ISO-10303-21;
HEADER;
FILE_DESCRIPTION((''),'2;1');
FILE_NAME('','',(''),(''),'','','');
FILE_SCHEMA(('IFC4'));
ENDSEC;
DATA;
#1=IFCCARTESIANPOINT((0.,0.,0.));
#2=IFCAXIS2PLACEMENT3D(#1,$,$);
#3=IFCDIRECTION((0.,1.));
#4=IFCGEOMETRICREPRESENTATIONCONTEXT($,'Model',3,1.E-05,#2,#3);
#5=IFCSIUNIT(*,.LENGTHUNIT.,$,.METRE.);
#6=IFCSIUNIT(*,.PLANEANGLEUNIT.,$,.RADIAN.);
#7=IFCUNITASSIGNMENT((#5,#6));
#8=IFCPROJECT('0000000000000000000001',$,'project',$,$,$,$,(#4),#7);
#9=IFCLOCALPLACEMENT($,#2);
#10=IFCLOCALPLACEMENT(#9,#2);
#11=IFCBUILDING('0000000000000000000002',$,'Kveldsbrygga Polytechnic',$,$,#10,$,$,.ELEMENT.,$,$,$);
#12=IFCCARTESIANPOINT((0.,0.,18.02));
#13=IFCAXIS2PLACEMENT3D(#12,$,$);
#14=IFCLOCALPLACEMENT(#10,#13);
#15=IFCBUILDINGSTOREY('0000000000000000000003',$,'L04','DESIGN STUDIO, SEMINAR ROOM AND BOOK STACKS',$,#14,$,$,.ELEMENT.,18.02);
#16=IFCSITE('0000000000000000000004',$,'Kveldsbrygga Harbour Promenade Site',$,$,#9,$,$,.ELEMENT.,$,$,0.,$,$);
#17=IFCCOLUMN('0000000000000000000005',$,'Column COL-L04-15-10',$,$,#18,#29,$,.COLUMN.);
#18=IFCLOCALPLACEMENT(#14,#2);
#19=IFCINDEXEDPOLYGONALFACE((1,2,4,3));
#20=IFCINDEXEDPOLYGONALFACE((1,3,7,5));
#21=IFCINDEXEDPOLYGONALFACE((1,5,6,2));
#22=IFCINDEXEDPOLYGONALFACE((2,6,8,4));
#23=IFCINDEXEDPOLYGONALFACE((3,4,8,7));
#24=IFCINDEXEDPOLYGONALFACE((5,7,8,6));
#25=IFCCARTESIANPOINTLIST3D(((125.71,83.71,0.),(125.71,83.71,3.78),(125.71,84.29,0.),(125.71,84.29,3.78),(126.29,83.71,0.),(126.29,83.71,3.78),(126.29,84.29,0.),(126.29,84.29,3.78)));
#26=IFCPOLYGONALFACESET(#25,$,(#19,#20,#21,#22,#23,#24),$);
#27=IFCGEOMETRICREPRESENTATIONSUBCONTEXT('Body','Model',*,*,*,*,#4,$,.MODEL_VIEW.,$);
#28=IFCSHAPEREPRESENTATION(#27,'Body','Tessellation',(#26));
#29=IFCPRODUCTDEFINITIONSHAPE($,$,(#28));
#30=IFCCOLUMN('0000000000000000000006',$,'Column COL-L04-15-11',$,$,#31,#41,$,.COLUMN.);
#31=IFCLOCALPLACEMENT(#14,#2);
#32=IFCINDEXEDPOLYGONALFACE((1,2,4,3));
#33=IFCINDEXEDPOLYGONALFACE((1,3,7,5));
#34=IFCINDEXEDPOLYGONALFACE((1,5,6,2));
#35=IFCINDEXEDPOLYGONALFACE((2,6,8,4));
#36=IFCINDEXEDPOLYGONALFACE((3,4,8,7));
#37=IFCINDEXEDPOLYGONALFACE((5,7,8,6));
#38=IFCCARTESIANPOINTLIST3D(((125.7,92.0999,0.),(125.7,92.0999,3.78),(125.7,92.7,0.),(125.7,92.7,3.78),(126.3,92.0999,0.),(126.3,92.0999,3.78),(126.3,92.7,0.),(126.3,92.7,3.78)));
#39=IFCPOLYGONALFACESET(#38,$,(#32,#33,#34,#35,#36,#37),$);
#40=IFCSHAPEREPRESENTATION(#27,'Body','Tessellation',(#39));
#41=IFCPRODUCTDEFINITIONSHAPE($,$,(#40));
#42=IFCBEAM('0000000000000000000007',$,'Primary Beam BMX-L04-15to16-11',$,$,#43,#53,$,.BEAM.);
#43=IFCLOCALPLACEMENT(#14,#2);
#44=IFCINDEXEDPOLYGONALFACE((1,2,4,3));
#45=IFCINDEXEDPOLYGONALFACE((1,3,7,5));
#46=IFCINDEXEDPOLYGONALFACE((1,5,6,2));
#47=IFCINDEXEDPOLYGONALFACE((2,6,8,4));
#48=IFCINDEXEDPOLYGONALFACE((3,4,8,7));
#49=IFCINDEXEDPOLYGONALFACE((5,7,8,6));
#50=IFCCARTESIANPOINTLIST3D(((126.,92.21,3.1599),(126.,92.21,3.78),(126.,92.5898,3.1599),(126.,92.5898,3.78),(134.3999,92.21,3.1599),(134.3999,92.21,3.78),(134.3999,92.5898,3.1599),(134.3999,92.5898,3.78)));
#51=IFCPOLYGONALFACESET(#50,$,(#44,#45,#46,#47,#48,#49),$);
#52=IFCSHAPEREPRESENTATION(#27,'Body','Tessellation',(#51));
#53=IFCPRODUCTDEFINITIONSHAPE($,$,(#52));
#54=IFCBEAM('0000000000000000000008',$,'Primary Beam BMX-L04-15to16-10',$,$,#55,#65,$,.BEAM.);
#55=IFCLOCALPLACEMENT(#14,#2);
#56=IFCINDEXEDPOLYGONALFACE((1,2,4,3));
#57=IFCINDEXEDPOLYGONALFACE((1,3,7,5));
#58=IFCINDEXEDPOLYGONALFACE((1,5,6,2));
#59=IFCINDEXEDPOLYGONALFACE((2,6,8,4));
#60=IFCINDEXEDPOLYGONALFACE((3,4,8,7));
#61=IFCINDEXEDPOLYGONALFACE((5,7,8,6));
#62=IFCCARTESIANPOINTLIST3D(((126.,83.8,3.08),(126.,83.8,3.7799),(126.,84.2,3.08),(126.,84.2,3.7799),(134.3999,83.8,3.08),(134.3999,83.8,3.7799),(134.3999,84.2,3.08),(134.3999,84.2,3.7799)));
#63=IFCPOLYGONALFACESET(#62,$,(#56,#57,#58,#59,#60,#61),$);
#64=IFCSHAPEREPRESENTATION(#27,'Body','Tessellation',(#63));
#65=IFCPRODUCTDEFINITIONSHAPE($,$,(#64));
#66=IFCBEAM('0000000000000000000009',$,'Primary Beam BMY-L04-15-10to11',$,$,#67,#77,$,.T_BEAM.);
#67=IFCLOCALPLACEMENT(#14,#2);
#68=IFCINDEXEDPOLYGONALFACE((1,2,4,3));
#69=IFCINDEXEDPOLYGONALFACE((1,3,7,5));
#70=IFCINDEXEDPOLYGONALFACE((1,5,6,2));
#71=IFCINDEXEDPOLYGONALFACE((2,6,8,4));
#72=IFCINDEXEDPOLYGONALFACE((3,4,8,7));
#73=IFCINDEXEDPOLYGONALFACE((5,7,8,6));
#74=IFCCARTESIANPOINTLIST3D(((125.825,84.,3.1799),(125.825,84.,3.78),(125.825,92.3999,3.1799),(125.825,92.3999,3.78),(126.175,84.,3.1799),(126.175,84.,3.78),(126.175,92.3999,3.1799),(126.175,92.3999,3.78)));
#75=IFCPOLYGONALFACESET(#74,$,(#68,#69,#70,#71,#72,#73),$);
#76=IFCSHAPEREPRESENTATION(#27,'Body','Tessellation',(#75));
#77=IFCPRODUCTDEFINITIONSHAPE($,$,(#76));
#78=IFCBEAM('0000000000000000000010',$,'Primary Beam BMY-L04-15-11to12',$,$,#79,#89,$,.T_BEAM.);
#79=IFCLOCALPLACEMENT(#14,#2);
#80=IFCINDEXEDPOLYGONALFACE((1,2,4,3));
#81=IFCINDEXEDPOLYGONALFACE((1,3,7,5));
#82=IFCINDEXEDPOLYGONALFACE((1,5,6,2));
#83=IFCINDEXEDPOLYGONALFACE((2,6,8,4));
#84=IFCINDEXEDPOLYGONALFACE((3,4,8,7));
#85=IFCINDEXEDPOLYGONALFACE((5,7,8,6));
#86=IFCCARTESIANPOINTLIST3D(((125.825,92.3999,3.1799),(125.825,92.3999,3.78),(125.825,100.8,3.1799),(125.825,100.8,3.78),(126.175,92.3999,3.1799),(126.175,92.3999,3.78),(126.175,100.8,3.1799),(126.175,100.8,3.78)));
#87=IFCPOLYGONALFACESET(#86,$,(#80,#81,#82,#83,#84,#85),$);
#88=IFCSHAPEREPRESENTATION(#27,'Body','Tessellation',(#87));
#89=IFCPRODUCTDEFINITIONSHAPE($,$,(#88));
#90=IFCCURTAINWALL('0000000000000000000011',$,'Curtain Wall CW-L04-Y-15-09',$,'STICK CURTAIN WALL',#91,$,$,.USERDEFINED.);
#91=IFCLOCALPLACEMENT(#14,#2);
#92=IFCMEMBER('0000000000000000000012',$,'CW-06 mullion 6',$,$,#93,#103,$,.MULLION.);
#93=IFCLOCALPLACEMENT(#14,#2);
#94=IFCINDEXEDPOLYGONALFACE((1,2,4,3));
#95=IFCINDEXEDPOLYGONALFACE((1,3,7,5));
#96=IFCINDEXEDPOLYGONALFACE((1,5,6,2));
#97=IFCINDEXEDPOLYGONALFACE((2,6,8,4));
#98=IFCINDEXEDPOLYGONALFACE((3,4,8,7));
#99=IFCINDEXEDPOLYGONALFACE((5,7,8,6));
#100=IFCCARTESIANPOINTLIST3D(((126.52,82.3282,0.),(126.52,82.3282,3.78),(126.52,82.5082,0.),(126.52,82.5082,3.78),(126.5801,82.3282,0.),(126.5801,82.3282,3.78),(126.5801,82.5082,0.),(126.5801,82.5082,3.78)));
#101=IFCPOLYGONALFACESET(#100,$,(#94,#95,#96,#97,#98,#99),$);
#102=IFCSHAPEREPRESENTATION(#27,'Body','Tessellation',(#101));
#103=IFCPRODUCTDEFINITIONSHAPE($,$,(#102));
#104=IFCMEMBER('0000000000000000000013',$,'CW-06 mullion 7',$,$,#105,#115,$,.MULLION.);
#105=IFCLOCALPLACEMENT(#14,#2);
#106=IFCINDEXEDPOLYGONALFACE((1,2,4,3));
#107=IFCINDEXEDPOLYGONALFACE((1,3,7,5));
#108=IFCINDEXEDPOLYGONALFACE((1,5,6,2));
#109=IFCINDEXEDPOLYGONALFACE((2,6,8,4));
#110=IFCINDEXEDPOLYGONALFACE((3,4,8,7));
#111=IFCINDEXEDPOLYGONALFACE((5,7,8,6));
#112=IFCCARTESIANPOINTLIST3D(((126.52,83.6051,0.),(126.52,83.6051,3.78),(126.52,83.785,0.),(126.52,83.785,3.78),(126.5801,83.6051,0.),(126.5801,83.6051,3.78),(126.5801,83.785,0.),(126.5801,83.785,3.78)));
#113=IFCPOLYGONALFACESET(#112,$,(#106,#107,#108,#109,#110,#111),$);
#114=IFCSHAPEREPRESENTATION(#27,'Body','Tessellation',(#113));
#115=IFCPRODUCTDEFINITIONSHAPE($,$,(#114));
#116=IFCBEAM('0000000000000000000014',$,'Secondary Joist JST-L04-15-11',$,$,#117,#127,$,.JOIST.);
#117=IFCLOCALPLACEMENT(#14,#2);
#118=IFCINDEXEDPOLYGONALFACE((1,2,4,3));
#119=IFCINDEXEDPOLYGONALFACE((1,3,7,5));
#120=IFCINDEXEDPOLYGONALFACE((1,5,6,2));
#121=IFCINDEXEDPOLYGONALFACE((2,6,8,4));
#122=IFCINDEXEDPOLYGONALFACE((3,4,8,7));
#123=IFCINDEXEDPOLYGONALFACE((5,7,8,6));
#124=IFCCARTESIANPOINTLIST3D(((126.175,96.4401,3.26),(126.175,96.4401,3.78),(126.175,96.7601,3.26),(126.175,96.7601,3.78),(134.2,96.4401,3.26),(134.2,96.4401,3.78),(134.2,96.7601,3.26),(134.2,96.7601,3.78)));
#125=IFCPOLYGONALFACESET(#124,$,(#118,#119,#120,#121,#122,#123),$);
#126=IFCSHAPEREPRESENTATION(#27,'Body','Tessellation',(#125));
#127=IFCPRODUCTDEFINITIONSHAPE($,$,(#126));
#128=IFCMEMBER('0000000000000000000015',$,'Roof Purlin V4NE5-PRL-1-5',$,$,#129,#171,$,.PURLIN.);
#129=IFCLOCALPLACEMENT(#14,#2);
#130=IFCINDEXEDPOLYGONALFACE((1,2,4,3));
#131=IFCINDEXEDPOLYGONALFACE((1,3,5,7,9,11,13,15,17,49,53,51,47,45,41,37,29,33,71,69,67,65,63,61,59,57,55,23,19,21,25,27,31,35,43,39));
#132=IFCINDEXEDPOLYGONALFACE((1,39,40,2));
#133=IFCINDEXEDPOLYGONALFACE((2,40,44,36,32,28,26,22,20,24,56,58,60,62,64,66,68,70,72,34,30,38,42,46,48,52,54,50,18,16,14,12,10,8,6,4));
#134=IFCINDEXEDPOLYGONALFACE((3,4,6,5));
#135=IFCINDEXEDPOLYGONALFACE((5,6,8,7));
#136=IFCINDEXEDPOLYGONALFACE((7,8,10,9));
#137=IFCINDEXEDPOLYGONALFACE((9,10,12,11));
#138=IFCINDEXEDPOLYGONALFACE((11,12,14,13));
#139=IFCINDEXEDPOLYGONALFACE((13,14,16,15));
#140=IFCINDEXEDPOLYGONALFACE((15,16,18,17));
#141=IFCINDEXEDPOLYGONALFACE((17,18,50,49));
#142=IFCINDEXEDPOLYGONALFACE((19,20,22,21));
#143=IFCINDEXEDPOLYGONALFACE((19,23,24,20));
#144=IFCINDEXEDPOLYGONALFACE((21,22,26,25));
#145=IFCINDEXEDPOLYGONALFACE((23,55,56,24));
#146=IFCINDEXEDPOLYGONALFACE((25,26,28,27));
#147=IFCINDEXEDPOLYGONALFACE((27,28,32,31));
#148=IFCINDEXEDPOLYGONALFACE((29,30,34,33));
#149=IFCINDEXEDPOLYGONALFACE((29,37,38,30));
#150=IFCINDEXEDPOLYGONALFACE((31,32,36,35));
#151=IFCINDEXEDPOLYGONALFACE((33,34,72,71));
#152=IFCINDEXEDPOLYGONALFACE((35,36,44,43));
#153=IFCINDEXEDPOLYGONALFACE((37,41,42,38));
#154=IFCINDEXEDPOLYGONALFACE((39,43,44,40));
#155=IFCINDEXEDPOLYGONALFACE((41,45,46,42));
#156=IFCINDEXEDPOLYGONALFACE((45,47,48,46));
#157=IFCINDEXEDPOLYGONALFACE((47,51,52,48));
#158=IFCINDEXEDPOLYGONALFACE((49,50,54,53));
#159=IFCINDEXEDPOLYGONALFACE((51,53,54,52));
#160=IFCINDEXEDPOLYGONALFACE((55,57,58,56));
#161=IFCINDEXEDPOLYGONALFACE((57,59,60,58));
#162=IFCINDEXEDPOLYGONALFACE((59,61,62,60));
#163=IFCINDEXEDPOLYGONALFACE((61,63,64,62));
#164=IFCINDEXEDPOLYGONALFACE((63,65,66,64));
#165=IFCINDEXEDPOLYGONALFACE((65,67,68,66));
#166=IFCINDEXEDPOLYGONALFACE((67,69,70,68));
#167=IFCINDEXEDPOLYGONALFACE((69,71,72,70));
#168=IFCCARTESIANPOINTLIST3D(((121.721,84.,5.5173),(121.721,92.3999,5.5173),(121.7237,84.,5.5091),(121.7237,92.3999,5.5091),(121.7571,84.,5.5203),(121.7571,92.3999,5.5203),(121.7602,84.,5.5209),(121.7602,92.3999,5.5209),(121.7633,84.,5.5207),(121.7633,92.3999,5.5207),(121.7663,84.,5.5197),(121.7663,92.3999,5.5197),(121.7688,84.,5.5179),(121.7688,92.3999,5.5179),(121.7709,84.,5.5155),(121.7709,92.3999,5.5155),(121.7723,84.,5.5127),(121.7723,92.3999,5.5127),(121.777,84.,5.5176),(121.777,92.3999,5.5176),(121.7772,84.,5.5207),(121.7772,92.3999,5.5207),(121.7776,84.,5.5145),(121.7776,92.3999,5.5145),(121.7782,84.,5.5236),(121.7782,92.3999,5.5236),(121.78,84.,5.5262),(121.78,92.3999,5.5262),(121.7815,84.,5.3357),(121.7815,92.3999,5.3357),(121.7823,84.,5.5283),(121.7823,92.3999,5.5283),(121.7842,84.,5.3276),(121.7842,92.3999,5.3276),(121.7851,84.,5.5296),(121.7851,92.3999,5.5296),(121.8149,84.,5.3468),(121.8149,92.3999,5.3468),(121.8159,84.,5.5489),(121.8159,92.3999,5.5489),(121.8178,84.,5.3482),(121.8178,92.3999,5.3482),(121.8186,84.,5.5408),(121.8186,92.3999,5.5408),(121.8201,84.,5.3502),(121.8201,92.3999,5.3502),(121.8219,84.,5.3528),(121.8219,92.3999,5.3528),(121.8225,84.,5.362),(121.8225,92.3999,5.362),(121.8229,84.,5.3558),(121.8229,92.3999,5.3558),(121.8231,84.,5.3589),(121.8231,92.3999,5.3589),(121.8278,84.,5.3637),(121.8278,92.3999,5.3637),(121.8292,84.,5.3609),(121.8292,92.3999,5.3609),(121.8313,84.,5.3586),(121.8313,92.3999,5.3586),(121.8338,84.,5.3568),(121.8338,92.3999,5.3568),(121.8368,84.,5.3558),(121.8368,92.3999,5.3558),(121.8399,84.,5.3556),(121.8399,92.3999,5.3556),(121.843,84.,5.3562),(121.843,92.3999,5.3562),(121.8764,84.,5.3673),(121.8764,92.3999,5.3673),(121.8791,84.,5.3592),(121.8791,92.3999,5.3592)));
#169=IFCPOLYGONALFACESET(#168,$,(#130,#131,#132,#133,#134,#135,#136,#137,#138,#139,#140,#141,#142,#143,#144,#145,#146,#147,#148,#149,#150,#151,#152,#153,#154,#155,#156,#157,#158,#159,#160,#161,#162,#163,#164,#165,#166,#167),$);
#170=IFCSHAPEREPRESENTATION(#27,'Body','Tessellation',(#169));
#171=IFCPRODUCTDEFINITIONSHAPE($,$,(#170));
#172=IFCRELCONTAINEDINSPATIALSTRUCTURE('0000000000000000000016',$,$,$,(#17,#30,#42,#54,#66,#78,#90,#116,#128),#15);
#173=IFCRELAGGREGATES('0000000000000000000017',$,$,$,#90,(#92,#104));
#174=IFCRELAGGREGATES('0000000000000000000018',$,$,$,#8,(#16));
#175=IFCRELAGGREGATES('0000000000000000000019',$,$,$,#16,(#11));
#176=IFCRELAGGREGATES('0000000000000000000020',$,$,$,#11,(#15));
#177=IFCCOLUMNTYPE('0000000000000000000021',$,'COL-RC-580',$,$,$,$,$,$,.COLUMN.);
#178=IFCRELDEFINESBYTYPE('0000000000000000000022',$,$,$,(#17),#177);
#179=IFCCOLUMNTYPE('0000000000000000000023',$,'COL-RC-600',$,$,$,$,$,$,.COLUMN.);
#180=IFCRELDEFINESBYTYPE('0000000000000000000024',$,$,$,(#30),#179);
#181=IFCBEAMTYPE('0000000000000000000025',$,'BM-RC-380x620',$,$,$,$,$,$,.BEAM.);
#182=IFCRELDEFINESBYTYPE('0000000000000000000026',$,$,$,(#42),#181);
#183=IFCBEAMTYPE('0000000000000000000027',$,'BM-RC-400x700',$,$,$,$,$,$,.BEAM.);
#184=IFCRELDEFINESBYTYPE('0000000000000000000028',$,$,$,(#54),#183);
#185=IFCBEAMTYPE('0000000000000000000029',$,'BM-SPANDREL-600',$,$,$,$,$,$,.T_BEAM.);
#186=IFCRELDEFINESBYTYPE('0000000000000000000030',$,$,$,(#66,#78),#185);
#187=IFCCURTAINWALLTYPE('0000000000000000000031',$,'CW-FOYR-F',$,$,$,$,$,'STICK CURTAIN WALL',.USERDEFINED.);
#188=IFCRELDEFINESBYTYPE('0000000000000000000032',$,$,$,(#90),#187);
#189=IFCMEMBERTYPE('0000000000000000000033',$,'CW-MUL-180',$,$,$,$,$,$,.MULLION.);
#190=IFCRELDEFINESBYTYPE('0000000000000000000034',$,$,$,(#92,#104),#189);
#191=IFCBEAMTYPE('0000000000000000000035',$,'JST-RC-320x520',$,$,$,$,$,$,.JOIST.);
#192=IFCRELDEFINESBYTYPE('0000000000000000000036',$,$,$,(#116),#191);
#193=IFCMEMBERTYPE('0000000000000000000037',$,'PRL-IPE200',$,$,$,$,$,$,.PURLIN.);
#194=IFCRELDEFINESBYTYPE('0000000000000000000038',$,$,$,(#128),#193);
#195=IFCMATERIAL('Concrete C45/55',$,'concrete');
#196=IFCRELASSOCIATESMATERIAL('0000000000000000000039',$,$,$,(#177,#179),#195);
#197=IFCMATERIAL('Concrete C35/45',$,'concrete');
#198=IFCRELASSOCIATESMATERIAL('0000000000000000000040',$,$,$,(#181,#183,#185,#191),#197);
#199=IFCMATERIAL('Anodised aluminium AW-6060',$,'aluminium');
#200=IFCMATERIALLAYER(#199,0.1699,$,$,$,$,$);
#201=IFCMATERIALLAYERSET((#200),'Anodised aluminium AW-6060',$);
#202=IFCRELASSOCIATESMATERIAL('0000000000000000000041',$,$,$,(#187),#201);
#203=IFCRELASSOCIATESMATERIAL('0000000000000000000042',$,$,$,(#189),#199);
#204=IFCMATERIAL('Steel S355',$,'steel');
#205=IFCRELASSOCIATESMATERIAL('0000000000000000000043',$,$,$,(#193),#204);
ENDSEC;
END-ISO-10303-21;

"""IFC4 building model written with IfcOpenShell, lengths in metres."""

from ifc_helpers import new_model, si_unit, direction, frame, origin, origin_2d, place, context, subcontext, project, spatial, rectangle, i_section, extrude, material, layer, layer_set, material_profile, profile_set, type_object, element, aggregate, save


model = new_model("IFC4")

# Units and contexts
model_context = context("Model", 3, precision=1e-05, world=origin(), true_north=direction((0.0, 1.0)))
body_context = subcontext(model_context, "Body", "Model", "MODEL_VIEW")
ifc_project = project(units=[si_unit("LENGTHUNIT", "METRE"), si_unit("PLANEANGLEUNIT", "RADIAN")], contexts=[model_context])

# Site, building, storey
site_placement = place(None, origin())
site = spatial("IfcSite", under=ifc_project, at=site_placement, Name="Kveldsbrygga Harbour Promenade Site", CompositionType="ELEMENT", RefElevation=0.0)
building_placement = place(site_placement, origin())
building = spatial("IfcBuilding", under=site, at=building_placement, Name="Kveldsbrygga Polytechnic", CompositionType="ELEMENT")
storey_placement = place(building_placement, frame((0.0, 0.0, 18.02)))
storey = spatial("IfcBuildingStorey", under=building, at=storey_placement, Name="L04", Description="DESIGN STUDIO, SEMINAR ROOM AND BOOK STACKS", CompositionType="ELEMENT", Elevation=18.02)

# Columns
ifc_material_1 = material(Name="Concrete C45/55", Category="concrete")
ifc_material_profile_1 = material_profile(ifc_material_1, rectangle(XDim=0.5801, YDim=0.5801, at=origin_2d()), Name="RC 580x580")
ifc_profile_set_1 = profile_set([ifc_material_profile_1], Name="Concrete C45/55")
column_type_1 = type_object("IfcColumnType", Name="COL-RC-580", PredefinedType="COLUMN", material=ifc_profile_set_1)
column_1_placement = place(storey_placement, frame((126.0, 84.0, 0.0), z_axis=(0.0, 0.0, 1.0), x_axis=(1.0, 0.0, 0.0)))
element("IfcColumn", 1, at=column_1_placement, inside=storey, type_object=column_type_1, Name="Column COL-L04-15-10", PredefinedType="COLUMN", context=body_context, shape_type="SweptSolid", body=[
    extrude(rectangle(XDim=0.5801, YDim=0.5801, at=origin_2d()), origin(), (0.0, 0.0, 1.0), 3.78),
])
ifc_material_profile_2 = material_profile(ifc_material_1, rectangle(XDim=0.6001, YDim=0.6001, at=origin_2d()), Name="RC 600x600")
ifc_profile_set_2 = profile_set([ifc_material_profile_2], Name="Concrete C45/55")
column_type_2 = type_object("IfcColumnType", Name="COL-RC-600", PredefinedType="COLUMN", material=ifc_profile_set_2)
column_2_placement = place(storey_placement, frame((126.0, 92.3999, 0.0), z_axis=(0.0, 0.0, 1.0), x_axis=(1.0, 0.0, 0.0)))
element("IfcColumn", 2, at=column_2_placement, inside=storey, type_object=column_type_2, Name="Column COL-L04-15-11", PredefinedType="COLUMN", context=body_context, shape_type="SweptSolid", body=[
    extrude(rectangle(XDim=0.6001, YDim=0.6001, at=origin_2d()), origin(), (0.0, 0.0, 1.0), 3.78),
])

# Beams
ifc_material_2 = material(Name="Concrete C35/45", Category="concrete")
ifc_material_profile_3 = material_profile(ifc_material_2, rectangle(XDim=0.3799, YDim=0.6201, at=origin_2d()), Name="RC 380x620")
ifc_profile_set_3 = profile_set([ifc_material_profile_3], Name="Concrete C35/45")
beam_type_1 = type_object("IfcBeamType", Name="BM-RC-380x620", PredefinedType="BEAM", material=ifc_profile_set_3)
beam_1_placement = place(storey_placement, frame((126.0, 92.3999, 3.47), z_axis=(1.0, 0.0, 0.0), x_axis=(0.0, 1.0, 0.0)))
element("IfcBeam", 3, at=beam_1_placement, inside=storey, type_object=beam_type_1, Name="Primary Beam BMX-L04-15to16-11", PredefinedType="BEAM", context=body_context, shape_type="SweptSolid", body=[
    extrude(rectangle(XDim=0.3799, YDim=0.6201, at=origin_2d()), origin(), (0.0, 0.0, 1.0), 8.3999),
])
ifc_material_profile_4 = material_profile(ifc_material_2, rectangle(XDim=0.3999, YDim=0.7, at=origin_2d()), Name="RC 400x700")
ifc_profile_set_4 = profile_set([ifc_material_profile_4], Name="Concrete C35/45")
beam_type_2 = type_object("IfcBeamType", Name="BM-RC-400x700", PredefinedType="BEAM", material=ifc_profile_set_4)
beam_2_placement = place(storey_placement, frame((126.0, 84.0, 3.4299), z_axis=(1.0, 0.0, 0.0), x_axis=(0.0, 1.0, 0.0)))
element("IfcBeam", 4, at=beam_2_placement, inside=storey, type_object=beam_type_2, Name="Primary Beam BMX-L04-15to16-10", PredefinedType="BEAM", context=body_context, shape_type="SweptSolid", body=[
    extrude(rectangle(XDim=0.3999, YDim=0.7, at=origin_2d()), origin(), (0.0, 0.0, 1.0), 8.3999),
])
ifc_material_profile_5 = material_profile(ifc_material_2, rectangle(XDim=0.3501, YDim=0.6001, at=origin_2d()), Name="RC 350x600")
ifc_profile_set_5 = profile_set([ifc_material_profile_5], Name="Concrete C35/45")
beam_type_3 = type_object("IfcBeamType", Name="BM-SPANDREL-600", PredefinedType="T_BEAM", material=ifc_profile_set_5)
beam_3_placement = place(storey_placement, frame((126.0, 84.0, 3.48), z_axis=(0.0, 1.0, 0.0), x_axis=(-1.0, 0.0, 0.0)))
element("IfcBeam", 5, at=beam_3_placement, inside=storey, type_object=beam_type_3, Name="Primary Beam BMY-L04-15-10to11", PredefinedType="T_BEAM", context=body_context, shape_type="SweptSolid", body=[
    extrude(rectangle(XDim=0.3501, YDim=0.6001, at=origin_2d()), origin(), (0.0, 0.0, 1.0), 8.3999),
])
beam_4_placement = place(storey_placement, frame((126.0, 92.3999, 3.48), z_axis=(0.0, 1.0, 0.0), x_axis=(-1.0, 0.0, 0.0)))
element("IfcBeam", 6, at=beam_4_placement, inside=storey, type_object=beam_type_3, Name="Primary Beam BMY-L04-15-11to12", PredefinedType="T_BEAM", context=body_context, shape_type="SweptSolid", body=[
    extrude(rectangle(XDim=0.3501, YDim=0.6001, at=origin_2d()), origin(), (0.0, 0.0, 1.0), 8.4001),
])

# Curtain wall, members
ifc_material_3 = material(Name="Anodised aluminium AW-6060", Category="aluminium")
ifc_layer_1 = layer(ifc_material_3, 0.1699)
ifc_layer_set_1 = layer_set([ifc_layer_1], Name="Anodised aluminium AW-6060")
curtain_wall_type = type_object("IfcCurtainWallType", Name="CW-FOYR-F", ElementType="STICK CURTAIN WALL", PredefinedType="USERDEFINED", material=ifc_layer_set_1)
curtain_wall_placement = place(storey_placement, origin())
curtain_wall = element("IfcCurtainWall", 7, at=curtain_wall_placement, inside=storey, type_object=curtain_wall_type, Name="Curtain Wall CW-L04-Y-15-09", ObjectType="STICK CURTAIN WALL", PredefinedType="USERDEFINED")
ifc_material_profile_6 = material_profile(ifc_material_3, rectangle(XDim=0.0601, YDim=0.1799, at=origin_2d()), Name="ALU 60x180")
ifc_profile_set_6 = profile_set([ifc_material_profile_6], Name="Anodised aluminium AW-6060")
member_type_1 = type_object("IfcMemberType", Name="CW-MUL-180", PredefinedType="MULLION", material=ifc_profile_set_6)
member_1_placement = place(storey_placement, frame((126.55, 82.4182, 0.0), z_axis=(0.0, 0.0, 1.0), x_axis=(-1.0, 0.0, 0.0)))
member_1 = element("IfcMember", 8, at=member_1_placement, type_object=member_type_1, Name="CW-06 mullion 6", PredefinedType="MULLION", context=body_context, shape_type="SweptSolid", body=[
    extrude(rectangle(XDim=0.0601, YDim=0.1799, at=origin_2d()), origin(), (0.0, 0.0, 1.0), 3.78),
])
member_2_placement = place(storey_placement, frame((126.55, 83.6951, 0.0), z_axis=(0.0, 0.0, 1.0), x_axis=(-1.0, 0.0, 0.0)))
member_2 = element("IfcMember", 9, at=member_2_placement, type_object=member_type_1, Name="CW-06 mullion 7", PredefinedType="MULLION", context=body_context, shape_type="SweptSolid", body=[
    extrude(rectangle(XDim=0.0601, YDim=0.1799, at=origin_2d()), origin(), (0.0, 0.0, 1.0), 3.78),
])
aggregate(curtain_wall, [member_1, member_2])

# Beam
ifc_material_profile_7 = material_profile(ifc_material_2, rectangle(XDim=0.3201, YDim=0.52, at=origin_2d()), Name="RC 320x520")
ifc_profile_set_7 = profile_set([ifc_material_profile_7], Name="Concrete C35/45")
beam_type_4 = type_object("IfcBeamType", Name="JST-RC-320x520", PredefinedType="JOIST", material=ifc_profile_set_7)
beam_5_placement = place(storey_placement, frame((126.175, 96.6001, 3.52), z_axis=(1.0, 0.0, 0.0), x_axis=(0.0, 1.0, 0.0)))
element("IfcBeam", 10, at=beam_5_placement, inside=storey, type_object=beam_type_4, Name="Secondary Joist JST-L04-15-11", PredefinedType="JOIST", context=body_context, shape_type="SweptSolid", body=[
    extrude(rectangle(XDim=0.3201, YDim=0.52, at=origin_2d()), origin(), (0.0, 0.0, 1.0), 8.0249),
])

# Member
ifc_material_4 = material(Name="Steel S355", Category="steel")
ifc_material_profile_8 = material_profile(ifc_material_4, i_section(OverallWidth=0.1001, OverallDepth=0.2, WebThickness=0.0056, FlangeThickness=0.0085, FilletRadius=0.012, at=origin_2d()), Name="IPE 200")
ifc_profile_set_8 = profile_set([ifc_material_profile_8], Name="Steel S355")
member_type_2 = type_object("IfcMemberType", Name="PRL-IPE200", PredefinedType="PURLIN", material=ifc_profile_set_8)
member_3_placement = place(storey_placement, frame((121.8, 84.0, 5.4382), z_axis=(0.0, 1.0, 0.0), x_axis=(-0.948684, 0.0, -0.316227)))
element("IfcMember", 11, at=member_3_placement, inside=storey, type_object=member_type_2, Name="Roof Purlin V4NE5-PRL-1-5", PredefinedType="PURLIN", context=body_context, shape_type="SweptSolid", body=[
    extrude(i_section(OverallWidth=0.1001, OverallDepth=0.2, WebThickness=0.0056, FlangeThickness=0.0085, FilletRadius=0.012, at=origin_2d()), origin(), (0.0, 0.0, 1.0), 8.3999),
])

save(model, "model.ifc")
